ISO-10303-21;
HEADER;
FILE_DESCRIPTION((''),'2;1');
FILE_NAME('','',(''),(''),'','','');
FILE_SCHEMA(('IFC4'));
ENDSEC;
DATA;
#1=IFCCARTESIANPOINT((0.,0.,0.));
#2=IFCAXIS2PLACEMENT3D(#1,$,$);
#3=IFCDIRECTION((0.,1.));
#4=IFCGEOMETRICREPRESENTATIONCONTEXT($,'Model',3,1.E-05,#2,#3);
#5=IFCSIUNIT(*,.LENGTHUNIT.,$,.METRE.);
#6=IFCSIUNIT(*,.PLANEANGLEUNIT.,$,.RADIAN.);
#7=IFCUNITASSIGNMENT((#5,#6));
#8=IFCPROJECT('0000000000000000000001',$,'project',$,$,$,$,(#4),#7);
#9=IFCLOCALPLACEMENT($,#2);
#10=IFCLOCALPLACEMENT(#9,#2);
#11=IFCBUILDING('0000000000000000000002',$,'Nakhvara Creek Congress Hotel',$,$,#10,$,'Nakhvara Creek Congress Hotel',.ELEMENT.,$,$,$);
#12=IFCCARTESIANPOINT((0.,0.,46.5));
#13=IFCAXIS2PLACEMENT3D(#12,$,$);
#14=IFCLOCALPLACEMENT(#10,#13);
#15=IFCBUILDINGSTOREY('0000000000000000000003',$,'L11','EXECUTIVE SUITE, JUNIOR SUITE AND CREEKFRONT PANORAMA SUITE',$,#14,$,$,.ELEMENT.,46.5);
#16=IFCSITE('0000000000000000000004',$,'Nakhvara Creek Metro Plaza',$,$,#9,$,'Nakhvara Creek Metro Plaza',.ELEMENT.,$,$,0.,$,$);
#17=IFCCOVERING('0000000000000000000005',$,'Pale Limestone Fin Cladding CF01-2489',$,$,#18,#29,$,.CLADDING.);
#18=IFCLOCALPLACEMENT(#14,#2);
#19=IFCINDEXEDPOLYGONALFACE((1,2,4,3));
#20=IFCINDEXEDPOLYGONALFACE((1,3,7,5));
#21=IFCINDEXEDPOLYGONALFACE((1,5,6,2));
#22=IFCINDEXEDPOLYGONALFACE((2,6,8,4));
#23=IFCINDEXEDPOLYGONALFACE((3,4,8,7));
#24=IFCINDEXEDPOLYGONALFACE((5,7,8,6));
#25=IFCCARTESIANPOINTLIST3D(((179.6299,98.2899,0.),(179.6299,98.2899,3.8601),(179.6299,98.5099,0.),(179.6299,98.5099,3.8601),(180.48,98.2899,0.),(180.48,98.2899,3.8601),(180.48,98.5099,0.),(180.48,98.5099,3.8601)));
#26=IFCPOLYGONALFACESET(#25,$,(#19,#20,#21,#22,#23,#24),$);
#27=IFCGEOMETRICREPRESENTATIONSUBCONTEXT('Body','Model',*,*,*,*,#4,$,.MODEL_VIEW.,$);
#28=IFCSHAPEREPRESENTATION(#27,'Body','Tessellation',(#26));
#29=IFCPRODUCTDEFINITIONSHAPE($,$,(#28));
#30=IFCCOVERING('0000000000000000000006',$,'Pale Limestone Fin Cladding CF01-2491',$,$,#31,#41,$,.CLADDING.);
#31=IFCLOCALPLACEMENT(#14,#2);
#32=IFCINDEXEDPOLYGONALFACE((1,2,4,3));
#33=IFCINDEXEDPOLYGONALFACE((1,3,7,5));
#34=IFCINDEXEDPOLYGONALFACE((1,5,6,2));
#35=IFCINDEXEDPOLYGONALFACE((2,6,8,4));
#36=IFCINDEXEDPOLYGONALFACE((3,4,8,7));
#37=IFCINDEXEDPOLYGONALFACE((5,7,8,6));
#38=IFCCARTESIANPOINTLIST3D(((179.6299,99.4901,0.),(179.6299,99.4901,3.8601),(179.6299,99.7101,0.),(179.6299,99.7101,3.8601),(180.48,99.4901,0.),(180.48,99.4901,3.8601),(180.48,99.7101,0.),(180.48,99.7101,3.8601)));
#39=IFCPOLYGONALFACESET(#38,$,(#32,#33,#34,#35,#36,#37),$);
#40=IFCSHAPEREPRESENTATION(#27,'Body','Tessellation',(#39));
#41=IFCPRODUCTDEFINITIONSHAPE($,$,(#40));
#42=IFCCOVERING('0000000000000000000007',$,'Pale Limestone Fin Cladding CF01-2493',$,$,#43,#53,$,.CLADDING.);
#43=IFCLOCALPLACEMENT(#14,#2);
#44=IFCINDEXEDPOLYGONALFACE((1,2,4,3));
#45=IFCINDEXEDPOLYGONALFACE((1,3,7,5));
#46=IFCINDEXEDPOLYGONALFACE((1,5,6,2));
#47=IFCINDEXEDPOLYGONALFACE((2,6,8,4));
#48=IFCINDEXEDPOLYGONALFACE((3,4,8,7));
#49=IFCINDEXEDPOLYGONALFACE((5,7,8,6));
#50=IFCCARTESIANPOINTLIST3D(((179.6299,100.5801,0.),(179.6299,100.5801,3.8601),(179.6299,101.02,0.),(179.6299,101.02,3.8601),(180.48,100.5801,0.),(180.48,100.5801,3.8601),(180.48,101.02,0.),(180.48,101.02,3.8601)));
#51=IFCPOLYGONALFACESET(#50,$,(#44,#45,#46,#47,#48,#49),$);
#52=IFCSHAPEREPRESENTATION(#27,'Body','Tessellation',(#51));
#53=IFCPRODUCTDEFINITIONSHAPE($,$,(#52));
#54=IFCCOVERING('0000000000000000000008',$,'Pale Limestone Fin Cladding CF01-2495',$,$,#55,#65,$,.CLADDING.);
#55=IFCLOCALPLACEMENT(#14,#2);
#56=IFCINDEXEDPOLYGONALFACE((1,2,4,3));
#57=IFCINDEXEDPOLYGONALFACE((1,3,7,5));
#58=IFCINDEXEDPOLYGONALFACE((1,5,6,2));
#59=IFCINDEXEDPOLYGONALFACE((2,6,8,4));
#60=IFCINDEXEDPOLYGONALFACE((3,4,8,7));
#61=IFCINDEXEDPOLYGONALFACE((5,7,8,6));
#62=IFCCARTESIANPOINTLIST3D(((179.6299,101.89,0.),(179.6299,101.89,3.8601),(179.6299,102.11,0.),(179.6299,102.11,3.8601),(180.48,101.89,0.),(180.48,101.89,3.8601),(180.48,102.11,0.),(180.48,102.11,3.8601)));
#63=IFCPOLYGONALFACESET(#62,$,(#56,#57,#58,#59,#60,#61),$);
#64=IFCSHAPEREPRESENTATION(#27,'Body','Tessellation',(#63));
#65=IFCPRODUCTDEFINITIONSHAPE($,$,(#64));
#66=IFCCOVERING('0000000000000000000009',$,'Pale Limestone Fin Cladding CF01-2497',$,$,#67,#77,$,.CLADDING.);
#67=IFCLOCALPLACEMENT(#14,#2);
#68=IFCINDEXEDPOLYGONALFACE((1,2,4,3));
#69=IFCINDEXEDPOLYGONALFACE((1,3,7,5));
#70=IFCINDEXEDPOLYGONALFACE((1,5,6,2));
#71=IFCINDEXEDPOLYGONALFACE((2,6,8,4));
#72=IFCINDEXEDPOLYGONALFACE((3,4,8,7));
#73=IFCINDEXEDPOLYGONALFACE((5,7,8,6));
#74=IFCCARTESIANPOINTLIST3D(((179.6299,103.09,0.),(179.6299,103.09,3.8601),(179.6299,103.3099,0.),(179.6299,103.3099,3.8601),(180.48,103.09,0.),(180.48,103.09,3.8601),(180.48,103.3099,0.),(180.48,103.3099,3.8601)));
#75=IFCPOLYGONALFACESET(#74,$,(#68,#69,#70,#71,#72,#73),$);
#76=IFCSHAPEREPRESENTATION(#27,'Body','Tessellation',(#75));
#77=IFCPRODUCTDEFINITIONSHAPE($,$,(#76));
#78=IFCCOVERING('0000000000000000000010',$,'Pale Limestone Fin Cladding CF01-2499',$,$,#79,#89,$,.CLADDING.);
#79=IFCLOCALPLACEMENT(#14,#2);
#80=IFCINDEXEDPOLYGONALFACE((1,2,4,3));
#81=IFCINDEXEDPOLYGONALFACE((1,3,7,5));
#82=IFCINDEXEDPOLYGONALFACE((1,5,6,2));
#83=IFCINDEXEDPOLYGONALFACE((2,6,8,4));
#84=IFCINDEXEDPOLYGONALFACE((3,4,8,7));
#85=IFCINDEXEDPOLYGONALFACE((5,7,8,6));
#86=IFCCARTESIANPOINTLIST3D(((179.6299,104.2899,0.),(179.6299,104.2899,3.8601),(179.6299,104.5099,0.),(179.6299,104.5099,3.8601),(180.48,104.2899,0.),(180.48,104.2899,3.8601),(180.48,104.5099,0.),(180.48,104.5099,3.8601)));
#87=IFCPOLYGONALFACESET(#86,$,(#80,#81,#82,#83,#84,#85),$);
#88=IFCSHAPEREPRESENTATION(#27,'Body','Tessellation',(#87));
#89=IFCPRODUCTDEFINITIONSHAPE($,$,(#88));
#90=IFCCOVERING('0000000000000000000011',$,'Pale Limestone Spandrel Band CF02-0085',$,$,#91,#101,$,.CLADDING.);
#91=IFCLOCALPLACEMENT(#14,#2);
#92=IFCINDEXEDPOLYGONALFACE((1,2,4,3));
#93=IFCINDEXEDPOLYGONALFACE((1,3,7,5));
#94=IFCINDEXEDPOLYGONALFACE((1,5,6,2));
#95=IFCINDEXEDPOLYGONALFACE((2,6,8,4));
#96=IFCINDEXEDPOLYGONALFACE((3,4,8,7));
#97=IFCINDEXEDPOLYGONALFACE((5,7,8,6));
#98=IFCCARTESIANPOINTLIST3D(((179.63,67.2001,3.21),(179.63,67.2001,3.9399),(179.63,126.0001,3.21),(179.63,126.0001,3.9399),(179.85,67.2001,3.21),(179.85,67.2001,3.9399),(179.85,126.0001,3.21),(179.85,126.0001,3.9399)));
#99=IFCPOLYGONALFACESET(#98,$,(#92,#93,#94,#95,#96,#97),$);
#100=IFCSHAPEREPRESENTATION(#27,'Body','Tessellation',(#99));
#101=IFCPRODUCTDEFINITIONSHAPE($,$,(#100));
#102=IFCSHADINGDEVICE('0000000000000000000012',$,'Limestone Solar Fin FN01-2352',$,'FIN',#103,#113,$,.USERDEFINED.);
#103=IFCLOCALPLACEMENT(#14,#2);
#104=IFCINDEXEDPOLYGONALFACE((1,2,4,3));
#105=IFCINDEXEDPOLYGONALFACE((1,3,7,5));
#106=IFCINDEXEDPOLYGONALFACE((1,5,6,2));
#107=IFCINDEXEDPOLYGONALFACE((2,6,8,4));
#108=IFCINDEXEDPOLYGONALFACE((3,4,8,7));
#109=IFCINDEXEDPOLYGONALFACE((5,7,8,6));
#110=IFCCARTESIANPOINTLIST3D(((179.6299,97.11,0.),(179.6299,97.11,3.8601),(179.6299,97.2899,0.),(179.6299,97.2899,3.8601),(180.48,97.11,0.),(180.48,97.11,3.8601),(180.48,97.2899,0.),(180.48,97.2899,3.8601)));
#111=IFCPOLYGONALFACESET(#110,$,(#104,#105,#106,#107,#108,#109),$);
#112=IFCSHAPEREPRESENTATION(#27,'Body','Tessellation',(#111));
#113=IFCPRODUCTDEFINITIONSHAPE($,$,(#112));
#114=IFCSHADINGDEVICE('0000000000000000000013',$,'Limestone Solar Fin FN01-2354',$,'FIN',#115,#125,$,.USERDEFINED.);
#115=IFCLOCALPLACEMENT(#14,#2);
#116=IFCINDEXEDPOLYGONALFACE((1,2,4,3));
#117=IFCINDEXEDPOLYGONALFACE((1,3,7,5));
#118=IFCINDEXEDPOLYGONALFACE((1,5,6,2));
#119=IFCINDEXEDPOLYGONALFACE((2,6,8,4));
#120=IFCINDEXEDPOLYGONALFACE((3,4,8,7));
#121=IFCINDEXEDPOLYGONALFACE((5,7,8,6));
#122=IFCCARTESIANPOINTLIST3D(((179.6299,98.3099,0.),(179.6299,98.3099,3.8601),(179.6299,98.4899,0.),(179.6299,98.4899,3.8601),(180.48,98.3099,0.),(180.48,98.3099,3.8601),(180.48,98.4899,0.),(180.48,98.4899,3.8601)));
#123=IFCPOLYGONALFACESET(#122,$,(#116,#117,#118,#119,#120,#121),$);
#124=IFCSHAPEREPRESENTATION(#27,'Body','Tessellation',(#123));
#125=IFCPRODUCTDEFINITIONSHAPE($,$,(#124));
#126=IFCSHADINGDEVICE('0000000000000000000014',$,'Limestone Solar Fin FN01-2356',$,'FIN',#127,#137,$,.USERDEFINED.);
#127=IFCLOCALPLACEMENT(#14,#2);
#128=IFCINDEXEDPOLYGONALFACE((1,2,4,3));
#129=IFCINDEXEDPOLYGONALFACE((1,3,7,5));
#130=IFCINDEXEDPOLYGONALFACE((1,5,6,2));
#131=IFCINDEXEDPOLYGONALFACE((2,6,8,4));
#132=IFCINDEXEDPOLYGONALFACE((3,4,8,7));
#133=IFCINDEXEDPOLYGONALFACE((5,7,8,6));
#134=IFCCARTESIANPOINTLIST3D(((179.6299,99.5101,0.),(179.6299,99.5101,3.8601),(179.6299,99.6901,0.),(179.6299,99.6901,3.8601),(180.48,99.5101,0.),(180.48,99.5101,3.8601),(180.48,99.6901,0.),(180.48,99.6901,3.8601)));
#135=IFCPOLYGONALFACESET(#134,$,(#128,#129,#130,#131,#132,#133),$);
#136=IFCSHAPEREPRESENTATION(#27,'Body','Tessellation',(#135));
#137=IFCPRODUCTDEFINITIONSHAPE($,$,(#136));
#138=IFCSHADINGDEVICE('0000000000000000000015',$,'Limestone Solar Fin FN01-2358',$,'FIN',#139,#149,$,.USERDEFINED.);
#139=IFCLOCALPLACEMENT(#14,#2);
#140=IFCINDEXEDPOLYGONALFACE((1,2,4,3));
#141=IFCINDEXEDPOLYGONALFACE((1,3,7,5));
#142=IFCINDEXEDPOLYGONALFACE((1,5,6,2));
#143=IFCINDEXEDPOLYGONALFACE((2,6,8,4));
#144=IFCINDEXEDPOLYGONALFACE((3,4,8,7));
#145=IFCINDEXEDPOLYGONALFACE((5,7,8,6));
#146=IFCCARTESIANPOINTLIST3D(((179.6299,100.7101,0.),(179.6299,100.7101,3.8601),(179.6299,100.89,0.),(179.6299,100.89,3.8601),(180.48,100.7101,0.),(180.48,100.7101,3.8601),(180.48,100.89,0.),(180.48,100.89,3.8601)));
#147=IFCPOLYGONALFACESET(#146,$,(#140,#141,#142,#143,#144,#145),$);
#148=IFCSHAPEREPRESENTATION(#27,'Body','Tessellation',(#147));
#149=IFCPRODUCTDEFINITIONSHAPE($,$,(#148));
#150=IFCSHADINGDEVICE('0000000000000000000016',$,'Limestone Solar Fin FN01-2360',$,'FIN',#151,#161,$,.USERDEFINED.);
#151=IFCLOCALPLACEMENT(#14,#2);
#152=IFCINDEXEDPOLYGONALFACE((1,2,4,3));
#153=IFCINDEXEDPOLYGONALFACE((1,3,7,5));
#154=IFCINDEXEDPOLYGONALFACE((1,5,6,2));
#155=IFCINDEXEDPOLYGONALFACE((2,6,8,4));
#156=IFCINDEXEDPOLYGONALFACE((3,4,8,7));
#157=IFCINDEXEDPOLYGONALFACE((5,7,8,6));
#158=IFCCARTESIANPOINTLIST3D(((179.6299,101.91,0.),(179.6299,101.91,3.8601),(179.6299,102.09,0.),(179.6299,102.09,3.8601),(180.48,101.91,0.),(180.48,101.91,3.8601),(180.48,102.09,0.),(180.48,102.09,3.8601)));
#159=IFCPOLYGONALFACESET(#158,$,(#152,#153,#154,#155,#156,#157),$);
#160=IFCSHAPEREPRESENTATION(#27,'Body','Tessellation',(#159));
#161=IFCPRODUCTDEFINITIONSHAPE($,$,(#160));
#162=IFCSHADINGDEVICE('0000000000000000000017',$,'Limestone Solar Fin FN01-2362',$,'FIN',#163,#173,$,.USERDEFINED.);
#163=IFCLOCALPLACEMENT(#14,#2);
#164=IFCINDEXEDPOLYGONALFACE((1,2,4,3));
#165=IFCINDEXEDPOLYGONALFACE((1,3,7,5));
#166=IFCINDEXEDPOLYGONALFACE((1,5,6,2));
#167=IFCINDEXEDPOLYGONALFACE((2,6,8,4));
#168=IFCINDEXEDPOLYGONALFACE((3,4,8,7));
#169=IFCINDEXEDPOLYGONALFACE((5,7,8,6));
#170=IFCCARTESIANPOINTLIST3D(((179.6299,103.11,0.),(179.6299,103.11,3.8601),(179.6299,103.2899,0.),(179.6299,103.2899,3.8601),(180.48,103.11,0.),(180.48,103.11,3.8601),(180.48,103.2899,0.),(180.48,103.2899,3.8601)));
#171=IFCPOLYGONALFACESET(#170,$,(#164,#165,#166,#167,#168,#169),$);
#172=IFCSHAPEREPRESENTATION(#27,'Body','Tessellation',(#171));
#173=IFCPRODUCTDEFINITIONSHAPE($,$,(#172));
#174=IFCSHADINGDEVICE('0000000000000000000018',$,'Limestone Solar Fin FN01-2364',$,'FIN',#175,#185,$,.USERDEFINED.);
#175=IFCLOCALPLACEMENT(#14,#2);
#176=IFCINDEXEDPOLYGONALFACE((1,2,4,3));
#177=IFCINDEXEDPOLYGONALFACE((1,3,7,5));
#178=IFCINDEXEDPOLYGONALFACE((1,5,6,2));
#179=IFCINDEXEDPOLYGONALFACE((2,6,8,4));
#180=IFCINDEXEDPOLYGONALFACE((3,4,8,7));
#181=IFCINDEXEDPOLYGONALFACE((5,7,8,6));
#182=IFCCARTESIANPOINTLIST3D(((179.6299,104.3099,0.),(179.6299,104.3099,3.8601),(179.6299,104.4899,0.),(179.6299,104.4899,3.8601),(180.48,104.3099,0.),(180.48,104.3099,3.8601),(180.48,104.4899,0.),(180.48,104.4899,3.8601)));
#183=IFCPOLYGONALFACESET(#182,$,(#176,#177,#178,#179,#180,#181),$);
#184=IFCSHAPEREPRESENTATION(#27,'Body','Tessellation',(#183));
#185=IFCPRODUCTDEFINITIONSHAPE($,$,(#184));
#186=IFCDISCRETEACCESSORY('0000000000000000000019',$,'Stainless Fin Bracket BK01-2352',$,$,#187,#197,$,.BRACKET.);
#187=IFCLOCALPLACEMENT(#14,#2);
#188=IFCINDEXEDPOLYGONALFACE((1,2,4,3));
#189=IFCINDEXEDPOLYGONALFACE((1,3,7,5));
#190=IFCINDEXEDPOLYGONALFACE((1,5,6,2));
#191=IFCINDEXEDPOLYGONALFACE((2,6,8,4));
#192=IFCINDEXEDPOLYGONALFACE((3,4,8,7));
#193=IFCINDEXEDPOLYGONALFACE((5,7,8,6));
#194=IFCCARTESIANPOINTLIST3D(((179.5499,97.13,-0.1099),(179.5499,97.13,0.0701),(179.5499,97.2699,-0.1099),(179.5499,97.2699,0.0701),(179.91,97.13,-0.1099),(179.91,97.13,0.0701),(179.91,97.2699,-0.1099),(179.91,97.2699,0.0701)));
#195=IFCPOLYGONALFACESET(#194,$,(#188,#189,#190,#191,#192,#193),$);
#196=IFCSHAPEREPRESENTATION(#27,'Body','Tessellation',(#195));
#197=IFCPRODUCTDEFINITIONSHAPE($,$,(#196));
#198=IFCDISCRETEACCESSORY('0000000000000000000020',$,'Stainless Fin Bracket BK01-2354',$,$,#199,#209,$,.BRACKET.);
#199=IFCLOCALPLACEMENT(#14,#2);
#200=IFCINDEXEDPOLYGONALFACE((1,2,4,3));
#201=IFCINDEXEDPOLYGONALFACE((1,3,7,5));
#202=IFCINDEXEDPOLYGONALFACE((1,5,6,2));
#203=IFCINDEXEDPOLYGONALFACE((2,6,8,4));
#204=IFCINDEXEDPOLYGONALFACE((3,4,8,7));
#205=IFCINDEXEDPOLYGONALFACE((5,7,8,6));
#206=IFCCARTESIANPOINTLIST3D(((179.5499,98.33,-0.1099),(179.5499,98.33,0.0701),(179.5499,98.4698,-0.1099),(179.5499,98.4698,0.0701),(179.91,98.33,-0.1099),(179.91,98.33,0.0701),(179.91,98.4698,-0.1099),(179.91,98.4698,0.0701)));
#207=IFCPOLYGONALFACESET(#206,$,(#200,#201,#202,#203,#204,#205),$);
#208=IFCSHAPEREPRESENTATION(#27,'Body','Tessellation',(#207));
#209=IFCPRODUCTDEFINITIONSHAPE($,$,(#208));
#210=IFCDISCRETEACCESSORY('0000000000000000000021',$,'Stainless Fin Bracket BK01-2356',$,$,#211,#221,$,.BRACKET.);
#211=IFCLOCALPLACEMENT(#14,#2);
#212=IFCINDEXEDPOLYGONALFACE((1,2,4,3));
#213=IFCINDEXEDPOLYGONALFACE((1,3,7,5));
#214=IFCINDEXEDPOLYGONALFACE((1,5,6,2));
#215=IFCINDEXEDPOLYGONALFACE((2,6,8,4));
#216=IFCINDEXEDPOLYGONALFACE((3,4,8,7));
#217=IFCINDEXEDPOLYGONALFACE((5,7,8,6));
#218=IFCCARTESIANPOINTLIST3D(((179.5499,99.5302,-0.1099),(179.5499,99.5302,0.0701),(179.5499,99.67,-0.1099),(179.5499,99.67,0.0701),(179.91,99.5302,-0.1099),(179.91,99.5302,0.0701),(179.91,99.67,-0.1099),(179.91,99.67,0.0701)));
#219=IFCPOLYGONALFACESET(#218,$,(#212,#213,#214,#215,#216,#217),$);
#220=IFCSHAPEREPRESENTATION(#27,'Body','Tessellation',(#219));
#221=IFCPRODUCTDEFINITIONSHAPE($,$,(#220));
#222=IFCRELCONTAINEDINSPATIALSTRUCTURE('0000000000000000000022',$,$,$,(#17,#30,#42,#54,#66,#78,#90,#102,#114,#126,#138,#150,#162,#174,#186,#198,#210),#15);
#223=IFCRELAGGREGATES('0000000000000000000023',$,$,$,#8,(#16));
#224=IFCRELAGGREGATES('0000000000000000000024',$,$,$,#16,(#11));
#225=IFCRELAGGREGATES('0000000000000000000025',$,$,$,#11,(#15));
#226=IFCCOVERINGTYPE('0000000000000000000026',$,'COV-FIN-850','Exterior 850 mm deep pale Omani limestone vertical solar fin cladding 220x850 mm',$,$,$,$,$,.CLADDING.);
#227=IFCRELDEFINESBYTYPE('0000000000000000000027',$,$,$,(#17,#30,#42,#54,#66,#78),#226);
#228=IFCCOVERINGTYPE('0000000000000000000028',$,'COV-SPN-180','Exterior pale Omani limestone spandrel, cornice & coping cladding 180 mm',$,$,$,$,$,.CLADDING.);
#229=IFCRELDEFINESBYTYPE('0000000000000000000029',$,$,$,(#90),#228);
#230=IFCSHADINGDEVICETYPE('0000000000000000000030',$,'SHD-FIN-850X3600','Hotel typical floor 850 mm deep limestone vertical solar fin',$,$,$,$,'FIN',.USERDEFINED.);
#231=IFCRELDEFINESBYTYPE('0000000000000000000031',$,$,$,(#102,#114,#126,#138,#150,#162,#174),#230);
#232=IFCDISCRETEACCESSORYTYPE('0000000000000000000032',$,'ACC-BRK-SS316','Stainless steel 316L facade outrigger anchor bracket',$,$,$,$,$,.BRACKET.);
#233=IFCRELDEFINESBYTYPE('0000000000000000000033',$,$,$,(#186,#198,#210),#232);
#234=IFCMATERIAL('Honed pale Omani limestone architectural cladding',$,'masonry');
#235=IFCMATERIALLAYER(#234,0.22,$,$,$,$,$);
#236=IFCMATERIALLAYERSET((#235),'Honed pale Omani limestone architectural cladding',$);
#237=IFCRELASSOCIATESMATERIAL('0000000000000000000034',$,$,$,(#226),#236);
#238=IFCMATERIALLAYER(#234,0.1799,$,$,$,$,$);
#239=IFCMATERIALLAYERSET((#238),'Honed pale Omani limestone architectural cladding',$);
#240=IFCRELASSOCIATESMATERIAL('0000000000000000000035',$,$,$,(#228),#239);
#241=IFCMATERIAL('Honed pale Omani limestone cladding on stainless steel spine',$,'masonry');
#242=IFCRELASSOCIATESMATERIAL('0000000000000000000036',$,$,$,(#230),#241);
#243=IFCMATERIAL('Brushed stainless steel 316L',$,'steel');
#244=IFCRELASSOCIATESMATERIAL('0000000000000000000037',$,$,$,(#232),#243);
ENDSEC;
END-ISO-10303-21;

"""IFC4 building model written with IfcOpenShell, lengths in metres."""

from ifc_helpers import new_model, si_unit, direction, frame, origin, origin_2d, place, context, subcontext, project, spatial, rectangle, extrude, material, layer, layer_set, type_object, element, save


model = new_model("IFC4")

# Units and contexts
model_context = context("Model", 3, precision=1e-05, world=origin(), true_north=direction((0.0, 1.0)))
body_context = subcontext(model_context, "Body", "Model", "MODEL_VIEW")
ifc_project = project(units=[si_unit("LENGTHUNIT", "METRE"), si_unit("PLANEANGLEUNIT", "RADIAN")], contexts=[model_context])

# Site, building, storey
site_placement = place(None, origin())
site = spatial("IfcSite", under=ifc_project, at=site_placement, Name="Nakhvara Creek Metro Plaza", LongName="Nakhvara Creek Metro Plaza", CompositionType="ELEMENT", RefElevation=0.0)
building_placement = place(site_placement, origin())
building = spatial("IfcBuilding", under=site, at=building_placement, Name="Nakhvara Creek Congress Hotel", LongName="Nakhvara Creek Congress Hotel", CompositionType="ELEMENT")
storey_placement = place(building_placement, frame((0.0, 0.0, 46.5)))
storey = spatial("IfcBuildingStorey", under=building, at=storey_placement, Name="L11", Description="EXECUTIVE SUITE, JUNIOR SUITE AND CREEKFRONT PANORAMA SUITE", CompositionType="ELEMENT", Elevation=46.5)

# Coverings
ifc_material_1 = material(Name="Honed pale Omani limestone architectural cladding", Category="masonry")
ifc_layer_1 = layer(ifc_material_1, 0.22)
ifc_layer_set_1 = layer_set([ifc_layer_1], Name="Honed pale Omani limestone architectural cladding")
covering_type_1 = type_object("IfcCoveringType", Name="COV-FIN-850", Description="Exterior 850 mm deep pale Omani limestone vertical solar fin cladding 220x850 mm", PredefinedType="CLADDING", material=ifc_layer_set_1)
for number, where, z_axis, x_axis, name in (
    (1, (180.0549, 98.3999, 0.0), (0.0, 0.0, 1.0), (0.0, 1.0, 0.0), "Pale Limestone Fin Cladding CF01-2489"),
    (2, (180.0549, 99.6001, 0.0), (0.0, 0.0, 1.0), (0.0, 1.0, 0.0), "Pale Limestone Fin Cladding CF01-2491"),
):
    element("IfcCovering", number, at=place(storey_placement, frame(where, z_axis=z_axis, x_axis=x_axis)), inside=storey, type_object=covering_type_1, Name=name, PredefinedType="CLADDING", context=body_context, shape_type="SweptSolid", body=[
        extrude(rectangle(XDim=0.22, YDim=0.8501, at=origin_2d()), origin(), (0.0, 0.0, 1.0), 3.8601),
    ])
covering_1_placement = place(storey_placement, frame((180.0549, 100.8, 0.0), z_axis=(0.0, 0.0, 1.0), x_axis=(0.0, 1.0, 0.0)))
element("IfcCovering", 3, at=covering_1_placement, inside=storey, type_object=covering_type_1, Name="Pale Limestone Fin Cladding CF01-2493", PredefinedType="CLADDING", context=body_context, shape_type="SweptSolid", body=[
    extrude(rectangle(XDim=0.4399, YDim=0.8501, at=origin_2d()), origin(), (0.0, 0.0, 1.0), 3.8601),
])
for number, where, z_axis, x_axis, name in (
    (4, (180.0549, 102.0, 0.0), (0.0, 0.0, 1.0), (0.0, 1.0, 0.0), "Pale Limestone Fin Cladding CF01-2495"),
    (5, (180.0549, 103.2, 0.0), (0.0, 0.0, 1.0), (0.0, 1.0, 0.0), "Pale Limestone Fin Cladding CF01-2497"),
    (6, (180.0549, 104.3999, 0.0), (0.0, 0.0, 1.0), (0.0, 1.0, 0.0), "Pale Limestone Fin Cladding CF01-2499"),
):
    element("IfcCovering", number, at=place(storey_placement, frame(where, z_axis=z_axis, x_axis=x_axis)), inside=storey, type_object=covering_type_1, Name=name, PredefinedType="CLADDING", context=body_context, shape_type="SweptSolid", body=[
        extrude(rectangle(XDim=0.22, YDim=0.8501, at=origin_2d()), origin(), (0.0, 0.0, 1.0), 3.8601),
    ])
ifc_layer_2 = layer(ifc_material_1, 0.1799)
ifc_layer_set_2 = layer_set([ifc_layer_2], Name="Honed pale Omani limestone architectural cladding")
covering_type_2 = type_object("IfcCoveringType", Name="COV-SPN-180", Description="Exterior pale Omani limestone spandrel, cornice & coping cladding 180 mm", PredefinedType="CLADDING", material=ifc_layer_set_2)
covering_2_placement = place(storey_placement, frame((179.74, 96.6001, 3.21), z_axis=(0.0, 0.0, 1.0), x_axis=(0.0, 1.0, 0.0)))
element("IfcCovering", 7, at=covering_2_placement, inside=storey, type_object=covering_type_2, Name="Pale Limestone Spandrel Band CF02-0085", PredefinedType="CLADDING", context=body_context, shape_type="SweptSolid", body=[
    extrude(rectangle(XDim=58.8, YDim=0.22, at=origin_2d()), origin(), (0.0, 0.0, 1.0), 0.73),
])

# Shading devices
ifc_material_2 = material(Name="Honed pale Omani limestone cladding on stainless steel spine", Category="masonry")
shading_device_type = type_object("IfcShadingDeviceType", Name="SHD-FIN-850X3600", Description="Hotel typical floor 850 mm deep limestone vertical solar fin", ElementType="FIN", PredefinedType="USERDEFINED", material=ifc_material_2)
for number, where, z_axis, x_axis, name in (
    (8, (180.0549, 97.2, 0.0), (0.0, 0.0, 1.0), (0.0, 1.0, 0.0), "Limestone Solar Fin FN01-2352"),
    (9, (180.0549, 98.3999, 0.0), (0.0, 0.0, 1.0), (0.0, 1.0, 0.0), "Limestone Solar Fin FN01-2354"),
    (10, (180.0549, 99.6001, 0.0), (0.0, 0.0, 1.0), (0.0, 1.0, 0.0), "Limestone Solar Fin FN01-2356"),
    (11, (180.0549, 100.8, 0.0), (0.0, 0.0, 1.0), (0.0, 1.0, 0.0), "Limestone Solar Fin FN01-2358"),
    (12, (180.0549, 102.0, 0.0), (0.0, 0.0, 1.0), (0.0, 1.0, 0.0), "Limestone Solar Fin FN01-2360"),
    (13, (180.0549, 103.2, 0.0), (0.0, 0.0, 1.0), (0.0, 1.0, 0.0), "Limestone Solar Fin FN01-2362"),
    (14, (180.0549, 104.3999, 0.0), (0.0, 0.0, 1.0), (0.0, 1.0, 0.0), "Limestone Solar Fin FN01-2364"),
):
    element("IfcShadingDevice", number, at=place(storey_placement, frame(where, z_axis=z_axis, x_axis=x_axis)), inside=storey, type_object=shading_device_type, Name=name, ObjectType="FIN", PredefinedType="USERDEFINED", context=body_context, shape_type="SweptSolid", body=[
        extrude(rectangle(XDim=0.1799, YDim=0.8501, at=origin_2d()), origin(), (0.0, 0.0, 1.0), 3.8601),
    ])

# Discrete accessories
ifc_material_3 = material(Name="Brushed stainless steel 316L", Category="steel")
discrete_accessory_type = type_object("IfcDiscreteAccessoryType", Name="ACC-BRK-SS316", Description="Stainless steel 316L facade outrigger anchor bracket", PredefinedType="BRACKET", material=ifc_material_3)
for number, where, z_axis, x_axis, name in (
    (15, (179.73, 97.2, -0.1099), (0.0, 0.0, 1.0), (0.0, 1.0, 0.0), "Stainless Fin Bracket BK01-2352"),
    (16, (179.73, 98.3999, -0.1099), (0.0, 0.0, 1.0), (0.0, 1.0, 0.0), "Stainless Fin Bracket BK01-2354"),
    (17, (179.73, 99.6001, -0.1099), (0.0, 0.0, 1.0), (0.0, 1.0, 0.0), "Stainless Fin Bracket BK01-2356"),
):
    element("IfcDiscreteAccessory", number, at=place(storey_placement, frame(where, z_axis=z_axis, x_axis=x_axis)), inside=storey, type_object=discrete_accessory_type, Name=name, PredefinedType="BRACKET", context=body_context, shape_type="SweptSolid", body=[
        extrude(rectangle(XDim=0.1399, YDim=0.3601, at=origin_2d()), origin(), (0.0, 0.0, 1.0), 0.1799),
    ])

save(model, "model.ifc")
